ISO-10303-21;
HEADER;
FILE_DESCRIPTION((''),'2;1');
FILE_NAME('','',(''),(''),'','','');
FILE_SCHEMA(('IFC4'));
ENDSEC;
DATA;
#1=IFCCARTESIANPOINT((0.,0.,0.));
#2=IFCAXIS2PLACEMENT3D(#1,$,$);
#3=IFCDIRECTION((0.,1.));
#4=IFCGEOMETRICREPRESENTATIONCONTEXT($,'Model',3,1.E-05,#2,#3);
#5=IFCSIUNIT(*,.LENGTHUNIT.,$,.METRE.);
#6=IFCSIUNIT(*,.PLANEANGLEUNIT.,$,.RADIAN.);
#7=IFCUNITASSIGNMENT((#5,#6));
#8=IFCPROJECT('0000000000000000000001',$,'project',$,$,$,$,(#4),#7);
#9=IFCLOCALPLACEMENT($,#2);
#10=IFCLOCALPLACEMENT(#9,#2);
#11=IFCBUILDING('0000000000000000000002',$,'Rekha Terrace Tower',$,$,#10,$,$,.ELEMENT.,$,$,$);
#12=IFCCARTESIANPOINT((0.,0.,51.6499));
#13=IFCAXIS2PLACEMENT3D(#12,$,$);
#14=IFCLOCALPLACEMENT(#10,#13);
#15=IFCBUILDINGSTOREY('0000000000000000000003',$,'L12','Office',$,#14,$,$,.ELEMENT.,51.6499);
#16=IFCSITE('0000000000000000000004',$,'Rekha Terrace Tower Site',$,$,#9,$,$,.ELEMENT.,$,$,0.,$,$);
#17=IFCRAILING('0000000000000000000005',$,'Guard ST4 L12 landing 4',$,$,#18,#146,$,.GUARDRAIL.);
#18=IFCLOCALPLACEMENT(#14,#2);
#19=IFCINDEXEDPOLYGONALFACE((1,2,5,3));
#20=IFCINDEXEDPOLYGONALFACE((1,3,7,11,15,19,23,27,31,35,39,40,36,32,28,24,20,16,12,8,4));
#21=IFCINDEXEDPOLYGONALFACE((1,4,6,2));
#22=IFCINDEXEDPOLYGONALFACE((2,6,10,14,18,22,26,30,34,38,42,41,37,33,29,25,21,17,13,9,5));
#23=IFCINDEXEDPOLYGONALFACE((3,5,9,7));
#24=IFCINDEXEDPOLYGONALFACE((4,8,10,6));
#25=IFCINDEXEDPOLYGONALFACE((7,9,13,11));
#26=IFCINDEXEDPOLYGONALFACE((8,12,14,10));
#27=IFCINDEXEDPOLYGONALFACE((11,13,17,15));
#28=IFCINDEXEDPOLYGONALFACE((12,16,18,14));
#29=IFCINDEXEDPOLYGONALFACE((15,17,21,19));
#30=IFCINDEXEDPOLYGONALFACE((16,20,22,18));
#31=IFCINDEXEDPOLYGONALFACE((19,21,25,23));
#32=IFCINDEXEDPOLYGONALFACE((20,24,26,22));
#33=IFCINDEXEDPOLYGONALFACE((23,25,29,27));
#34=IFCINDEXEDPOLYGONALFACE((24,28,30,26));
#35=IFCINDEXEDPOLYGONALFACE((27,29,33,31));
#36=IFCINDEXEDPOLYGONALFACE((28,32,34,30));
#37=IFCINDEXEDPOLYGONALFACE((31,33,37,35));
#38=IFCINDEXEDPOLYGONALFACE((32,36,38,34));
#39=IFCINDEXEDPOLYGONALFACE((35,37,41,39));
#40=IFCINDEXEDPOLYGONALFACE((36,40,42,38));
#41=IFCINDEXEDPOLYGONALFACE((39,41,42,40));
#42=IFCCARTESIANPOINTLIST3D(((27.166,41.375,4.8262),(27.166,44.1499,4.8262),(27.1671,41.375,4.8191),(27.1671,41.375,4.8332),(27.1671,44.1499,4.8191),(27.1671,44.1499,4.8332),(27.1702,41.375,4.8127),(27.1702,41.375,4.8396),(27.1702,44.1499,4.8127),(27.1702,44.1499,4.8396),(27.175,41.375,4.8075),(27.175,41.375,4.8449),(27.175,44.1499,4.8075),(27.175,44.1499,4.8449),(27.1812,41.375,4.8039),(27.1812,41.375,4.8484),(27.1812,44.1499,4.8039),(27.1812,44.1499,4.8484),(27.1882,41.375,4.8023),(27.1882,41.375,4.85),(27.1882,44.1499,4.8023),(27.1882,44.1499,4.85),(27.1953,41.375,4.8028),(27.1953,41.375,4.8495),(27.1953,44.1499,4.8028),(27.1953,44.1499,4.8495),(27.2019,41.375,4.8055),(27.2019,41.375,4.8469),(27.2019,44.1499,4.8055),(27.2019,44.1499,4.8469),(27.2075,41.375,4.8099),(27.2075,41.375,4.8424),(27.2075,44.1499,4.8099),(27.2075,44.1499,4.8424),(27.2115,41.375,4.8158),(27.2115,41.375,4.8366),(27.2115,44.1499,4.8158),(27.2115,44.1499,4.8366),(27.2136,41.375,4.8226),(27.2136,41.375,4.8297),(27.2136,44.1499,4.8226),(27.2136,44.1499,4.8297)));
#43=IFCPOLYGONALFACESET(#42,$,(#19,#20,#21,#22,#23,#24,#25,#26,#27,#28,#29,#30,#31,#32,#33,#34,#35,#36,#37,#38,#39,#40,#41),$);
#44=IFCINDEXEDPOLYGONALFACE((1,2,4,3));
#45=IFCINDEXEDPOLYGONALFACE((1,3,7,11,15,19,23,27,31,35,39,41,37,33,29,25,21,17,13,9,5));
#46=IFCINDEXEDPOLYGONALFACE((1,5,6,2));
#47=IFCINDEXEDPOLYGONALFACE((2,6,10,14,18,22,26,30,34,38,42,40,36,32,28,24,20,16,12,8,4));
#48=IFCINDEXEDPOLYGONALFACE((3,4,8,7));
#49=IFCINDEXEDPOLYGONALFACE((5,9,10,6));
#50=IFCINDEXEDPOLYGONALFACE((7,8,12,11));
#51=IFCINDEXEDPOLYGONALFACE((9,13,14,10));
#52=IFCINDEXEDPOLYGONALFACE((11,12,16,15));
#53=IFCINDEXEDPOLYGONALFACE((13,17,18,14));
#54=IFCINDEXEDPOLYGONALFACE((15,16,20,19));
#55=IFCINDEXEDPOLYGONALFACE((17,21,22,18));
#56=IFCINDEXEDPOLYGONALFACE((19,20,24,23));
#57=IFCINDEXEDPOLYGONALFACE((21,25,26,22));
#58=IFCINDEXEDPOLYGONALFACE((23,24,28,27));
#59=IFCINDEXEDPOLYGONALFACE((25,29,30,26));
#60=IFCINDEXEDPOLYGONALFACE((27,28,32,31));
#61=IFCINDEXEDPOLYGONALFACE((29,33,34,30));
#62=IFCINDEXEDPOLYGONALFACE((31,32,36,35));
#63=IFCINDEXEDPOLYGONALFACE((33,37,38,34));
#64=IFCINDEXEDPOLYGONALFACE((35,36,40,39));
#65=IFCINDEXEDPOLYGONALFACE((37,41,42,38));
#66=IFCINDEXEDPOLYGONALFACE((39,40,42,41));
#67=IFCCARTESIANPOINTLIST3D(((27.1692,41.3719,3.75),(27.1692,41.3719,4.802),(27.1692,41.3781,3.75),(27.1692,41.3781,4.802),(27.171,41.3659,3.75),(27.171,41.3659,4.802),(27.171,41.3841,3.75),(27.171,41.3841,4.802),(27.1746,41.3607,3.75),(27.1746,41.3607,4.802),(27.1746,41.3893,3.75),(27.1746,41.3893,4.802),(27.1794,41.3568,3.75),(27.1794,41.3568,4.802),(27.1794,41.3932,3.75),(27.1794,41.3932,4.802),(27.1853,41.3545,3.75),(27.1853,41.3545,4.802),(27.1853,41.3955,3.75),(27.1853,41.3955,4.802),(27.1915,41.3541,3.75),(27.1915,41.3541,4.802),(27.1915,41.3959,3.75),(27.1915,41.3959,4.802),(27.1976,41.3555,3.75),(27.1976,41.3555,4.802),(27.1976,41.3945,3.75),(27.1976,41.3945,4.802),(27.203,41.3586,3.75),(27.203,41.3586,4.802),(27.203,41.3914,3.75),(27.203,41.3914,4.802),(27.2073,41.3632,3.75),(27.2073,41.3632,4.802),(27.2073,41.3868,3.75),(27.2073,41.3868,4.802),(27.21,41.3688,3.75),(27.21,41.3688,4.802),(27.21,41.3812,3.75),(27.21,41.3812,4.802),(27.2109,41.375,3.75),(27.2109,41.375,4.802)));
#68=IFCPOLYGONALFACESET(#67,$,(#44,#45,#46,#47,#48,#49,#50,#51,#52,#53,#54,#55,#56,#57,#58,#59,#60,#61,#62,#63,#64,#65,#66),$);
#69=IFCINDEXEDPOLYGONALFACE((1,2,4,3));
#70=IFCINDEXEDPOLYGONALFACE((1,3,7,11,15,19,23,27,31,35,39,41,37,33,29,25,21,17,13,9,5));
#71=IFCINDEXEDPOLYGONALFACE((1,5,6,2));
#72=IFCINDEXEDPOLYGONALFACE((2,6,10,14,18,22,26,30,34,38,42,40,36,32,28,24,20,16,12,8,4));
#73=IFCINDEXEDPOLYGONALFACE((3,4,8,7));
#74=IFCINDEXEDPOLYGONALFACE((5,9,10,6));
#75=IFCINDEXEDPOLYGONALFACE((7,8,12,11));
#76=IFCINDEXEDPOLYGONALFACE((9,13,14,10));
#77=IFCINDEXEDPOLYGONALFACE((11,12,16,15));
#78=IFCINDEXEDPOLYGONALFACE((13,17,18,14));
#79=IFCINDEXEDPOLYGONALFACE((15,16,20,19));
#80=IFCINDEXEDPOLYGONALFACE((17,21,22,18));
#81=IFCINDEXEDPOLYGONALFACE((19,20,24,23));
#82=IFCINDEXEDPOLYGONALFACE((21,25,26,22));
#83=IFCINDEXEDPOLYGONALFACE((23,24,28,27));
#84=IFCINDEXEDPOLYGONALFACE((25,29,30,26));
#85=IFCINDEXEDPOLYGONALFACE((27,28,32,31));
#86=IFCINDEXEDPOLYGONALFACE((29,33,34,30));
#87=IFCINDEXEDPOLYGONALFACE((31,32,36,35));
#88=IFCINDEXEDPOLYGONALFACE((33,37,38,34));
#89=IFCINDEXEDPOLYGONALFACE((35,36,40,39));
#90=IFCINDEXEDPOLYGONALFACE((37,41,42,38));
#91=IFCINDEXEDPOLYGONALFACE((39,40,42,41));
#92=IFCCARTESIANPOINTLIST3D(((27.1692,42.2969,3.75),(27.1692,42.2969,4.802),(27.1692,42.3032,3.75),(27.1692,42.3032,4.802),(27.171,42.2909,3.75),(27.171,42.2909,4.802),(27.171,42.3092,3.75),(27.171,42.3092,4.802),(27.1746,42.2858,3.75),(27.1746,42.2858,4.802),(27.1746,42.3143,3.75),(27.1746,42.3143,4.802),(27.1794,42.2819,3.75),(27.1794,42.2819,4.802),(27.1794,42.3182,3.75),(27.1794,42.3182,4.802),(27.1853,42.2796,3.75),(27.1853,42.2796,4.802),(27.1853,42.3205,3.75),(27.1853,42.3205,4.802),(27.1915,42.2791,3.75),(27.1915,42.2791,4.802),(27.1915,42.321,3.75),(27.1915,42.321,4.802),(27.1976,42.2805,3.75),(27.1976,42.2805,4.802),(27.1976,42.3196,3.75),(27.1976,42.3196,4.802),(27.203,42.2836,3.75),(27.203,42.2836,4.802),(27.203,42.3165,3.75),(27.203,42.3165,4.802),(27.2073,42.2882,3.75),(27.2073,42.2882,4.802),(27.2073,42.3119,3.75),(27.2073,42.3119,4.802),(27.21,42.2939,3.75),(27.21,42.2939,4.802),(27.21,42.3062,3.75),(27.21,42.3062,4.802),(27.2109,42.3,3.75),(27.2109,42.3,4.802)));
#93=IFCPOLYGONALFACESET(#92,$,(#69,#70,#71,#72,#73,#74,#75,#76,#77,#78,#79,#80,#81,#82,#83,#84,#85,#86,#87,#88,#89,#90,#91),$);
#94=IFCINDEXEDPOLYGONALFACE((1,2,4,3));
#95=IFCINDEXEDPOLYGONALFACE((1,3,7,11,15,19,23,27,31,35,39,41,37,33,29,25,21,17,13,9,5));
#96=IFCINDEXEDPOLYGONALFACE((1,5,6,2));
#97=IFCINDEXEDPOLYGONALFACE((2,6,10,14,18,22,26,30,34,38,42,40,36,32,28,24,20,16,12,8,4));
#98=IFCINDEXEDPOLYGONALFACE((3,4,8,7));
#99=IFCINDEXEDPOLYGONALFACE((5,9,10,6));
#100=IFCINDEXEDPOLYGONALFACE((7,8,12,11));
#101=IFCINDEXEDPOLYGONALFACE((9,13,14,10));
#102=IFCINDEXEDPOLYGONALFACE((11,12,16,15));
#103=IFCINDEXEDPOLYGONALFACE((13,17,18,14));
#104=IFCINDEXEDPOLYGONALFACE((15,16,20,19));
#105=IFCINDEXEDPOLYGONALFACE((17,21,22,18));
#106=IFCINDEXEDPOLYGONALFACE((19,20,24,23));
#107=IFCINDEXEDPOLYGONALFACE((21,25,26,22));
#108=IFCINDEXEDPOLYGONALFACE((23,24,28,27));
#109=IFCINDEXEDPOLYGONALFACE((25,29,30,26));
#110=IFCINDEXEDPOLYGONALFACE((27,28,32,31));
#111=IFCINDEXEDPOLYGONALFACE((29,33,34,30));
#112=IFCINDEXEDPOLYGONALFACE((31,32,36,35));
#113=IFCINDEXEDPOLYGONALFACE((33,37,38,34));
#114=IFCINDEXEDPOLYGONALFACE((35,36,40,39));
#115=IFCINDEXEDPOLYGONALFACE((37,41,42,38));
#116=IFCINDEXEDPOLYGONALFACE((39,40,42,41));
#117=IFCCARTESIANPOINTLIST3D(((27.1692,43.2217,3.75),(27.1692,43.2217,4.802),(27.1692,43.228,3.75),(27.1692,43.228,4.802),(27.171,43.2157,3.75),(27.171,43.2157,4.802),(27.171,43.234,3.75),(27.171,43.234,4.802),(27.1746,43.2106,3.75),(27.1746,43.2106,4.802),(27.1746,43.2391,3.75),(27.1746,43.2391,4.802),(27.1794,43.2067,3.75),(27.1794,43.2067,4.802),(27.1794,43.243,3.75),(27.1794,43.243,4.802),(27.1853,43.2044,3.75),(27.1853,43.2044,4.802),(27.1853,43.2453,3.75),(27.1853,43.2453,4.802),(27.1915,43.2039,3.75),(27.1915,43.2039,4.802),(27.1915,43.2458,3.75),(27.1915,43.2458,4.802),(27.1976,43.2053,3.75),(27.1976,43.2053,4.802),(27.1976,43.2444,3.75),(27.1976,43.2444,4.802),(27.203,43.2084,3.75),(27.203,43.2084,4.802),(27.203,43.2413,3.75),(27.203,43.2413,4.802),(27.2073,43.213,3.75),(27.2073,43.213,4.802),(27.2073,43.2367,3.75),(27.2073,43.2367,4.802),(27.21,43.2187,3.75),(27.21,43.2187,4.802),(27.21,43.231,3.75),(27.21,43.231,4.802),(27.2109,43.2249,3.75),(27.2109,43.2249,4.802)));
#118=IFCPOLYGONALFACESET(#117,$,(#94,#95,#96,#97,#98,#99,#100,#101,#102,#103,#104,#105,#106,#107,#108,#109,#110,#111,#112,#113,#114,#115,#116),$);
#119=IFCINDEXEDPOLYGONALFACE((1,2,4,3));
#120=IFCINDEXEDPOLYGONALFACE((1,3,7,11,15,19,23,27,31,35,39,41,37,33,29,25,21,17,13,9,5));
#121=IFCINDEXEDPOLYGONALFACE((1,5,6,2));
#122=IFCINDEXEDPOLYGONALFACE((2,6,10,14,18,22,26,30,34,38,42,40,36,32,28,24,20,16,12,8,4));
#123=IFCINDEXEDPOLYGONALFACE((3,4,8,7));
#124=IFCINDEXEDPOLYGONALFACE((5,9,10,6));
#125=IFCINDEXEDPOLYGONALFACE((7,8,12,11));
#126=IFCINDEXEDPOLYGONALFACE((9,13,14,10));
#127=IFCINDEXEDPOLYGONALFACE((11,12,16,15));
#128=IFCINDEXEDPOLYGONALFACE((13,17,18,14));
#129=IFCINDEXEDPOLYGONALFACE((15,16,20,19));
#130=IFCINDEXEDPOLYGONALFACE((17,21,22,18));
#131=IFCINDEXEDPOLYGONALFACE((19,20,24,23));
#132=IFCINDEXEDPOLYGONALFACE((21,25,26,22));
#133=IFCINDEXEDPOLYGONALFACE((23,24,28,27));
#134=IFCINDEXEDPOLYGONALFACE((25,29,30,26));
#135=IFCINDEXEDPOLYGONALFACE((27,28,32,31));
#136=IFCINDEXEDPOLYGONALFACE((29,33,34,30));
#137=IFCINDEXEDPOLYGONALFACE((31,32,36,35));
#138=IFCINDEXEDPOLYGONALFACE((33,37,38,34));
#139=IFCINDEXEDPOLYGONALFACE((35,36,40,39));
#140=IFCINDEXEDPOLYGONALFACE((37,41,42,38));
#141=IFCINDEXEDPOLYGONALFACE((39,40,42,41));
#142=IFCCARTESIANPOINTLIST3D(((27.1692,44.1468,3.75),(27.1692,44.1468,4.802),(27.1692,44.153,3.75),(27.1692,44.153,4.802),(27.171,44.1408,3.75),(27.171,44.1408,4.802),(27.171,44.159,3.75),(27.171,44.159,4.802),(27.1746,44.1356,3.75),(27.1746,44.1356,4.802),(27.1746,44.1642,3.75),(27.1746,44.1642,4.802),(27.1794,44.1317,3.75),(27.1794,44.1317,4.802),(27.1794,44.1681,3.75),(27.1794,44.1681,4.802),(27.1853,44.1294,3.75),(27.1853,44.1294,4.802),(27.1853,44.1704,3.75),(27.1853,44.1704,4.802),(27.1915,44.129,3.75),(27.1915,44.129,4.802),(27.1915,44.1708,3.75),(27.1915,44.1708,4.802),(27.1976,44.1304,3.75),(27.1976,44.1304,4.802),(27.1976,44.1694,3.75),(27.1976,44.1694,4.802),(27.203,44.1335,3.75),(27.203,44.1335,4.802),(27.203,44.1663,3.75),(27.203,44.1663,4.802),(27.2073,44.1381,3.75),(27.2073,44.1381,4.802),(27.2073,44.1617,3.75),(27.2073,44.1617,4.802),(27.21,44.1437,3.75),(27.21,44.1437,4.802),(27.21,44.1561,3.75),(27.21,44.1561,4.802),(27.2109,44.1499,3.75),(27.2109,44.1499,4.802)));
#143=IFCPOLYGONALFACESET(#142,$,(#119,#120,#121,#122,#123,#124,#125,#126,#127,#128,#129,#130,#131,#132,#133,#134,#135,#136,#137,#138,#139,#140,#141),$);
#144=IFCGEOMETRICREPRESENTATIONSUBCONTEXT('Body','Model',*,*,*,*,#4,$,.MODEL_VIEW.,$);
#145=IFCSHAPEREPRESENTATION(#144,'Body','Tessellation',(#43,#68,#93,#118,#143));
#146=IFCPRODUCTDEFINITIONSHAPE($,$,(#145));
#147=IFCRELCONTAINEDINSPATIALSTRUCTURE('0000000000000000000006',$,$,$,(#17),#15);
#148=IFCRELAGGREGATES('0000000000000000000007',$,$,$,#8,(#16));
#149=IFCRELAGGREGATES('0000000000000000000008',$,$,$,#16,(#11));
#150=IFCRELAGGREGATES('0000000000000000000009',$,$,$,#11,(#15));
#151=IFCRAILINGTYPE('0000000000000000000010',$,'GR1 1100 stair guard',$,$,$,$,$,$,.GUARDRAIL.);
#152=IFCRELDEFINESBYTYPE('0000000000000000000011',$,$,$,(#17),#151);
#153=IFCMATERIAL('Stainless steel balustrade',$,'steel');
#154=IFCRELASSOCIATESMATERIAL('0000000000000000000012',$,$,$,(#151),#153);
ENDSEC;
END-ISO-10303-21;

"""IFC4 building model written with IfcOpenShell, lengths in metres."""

from ifc_helpers import new_model, si_unit, direction, frame, origin, origin_2d, place, context, subcontext, project, spatial, circle, extrude, material, type_object, element, save


model = new_model("IFC4")

# Units and contexts
model_context = context("Model", 3, precision=1e-05, world=origin(), true_north=direction((0.0, 1.0)))
body_context = subcontext(model_context, "Body", "Model", "MODEL_VIEW")
ifc_project = project(units=[si_unit("LENGTHUNIT", "METRE"), si_unit("PLANEANGLEUNIT", "RADIAN")], contexts=[model_context])

# Site, building, storey
site_placement = place(None, origin())
site = spatial("IfcSite", under=ifc_project, at=site_placement, Name="Rekha Terrace Tower Site", CompositionType="ELEMENT", RefElevation=0.0)
building_placement = place(site_placement, origin())
building = spatial("IfcBuilding", under=site, at=building_placement, Name="Rekha Terrace Tower", CompositionType="ELEMENT")
storey_placement = place(building_placement, frame((0.0, 0.0, 51.6499)))
storey = spatial("IfcBuildingStorey", under=building, at=storey_placement, Name="L12", Description="Office", CompositionType="ELEMENT", Elevation=51.6499)

# Railing
ifc_material_1 = material(Name="Stainless steel balustrade", Category="steel")
railing_type_1 = type_object("IfcRailingType", Name="GR1 1100 stair guard", PredefinedType="GUARDRAIL", material=ifc_material_1)
railing_1_placement = place(storey_placement, frame((27.1899, 41.375, 3.75)))
element("IfcRailing", 1, at=railing_1_placement, inside=storey, type_object=railing_type_1, Name="Guard ST4 L12 landing 4", PredefinedType="GUARDRAIL", context=body_context, shape_type="SweptSolid", body=[
    extrude(circle(Radius=0.0239, at=origin_2d()), frame((0.0, 0.0, 1.0762), z_axis=(0.0, 1.0, 0.0), x_axis=(-1.0, 0.0, 0.0)), (0.0, 0.0, 1.0), 2.7749),
    extrude(circle(Radius=0.021, at=origin_2d()), origin(), (0.0, 0.0, 1.0), 1.052),
    extrude(circle(Radius=0.021, at=origin_2d()), frame((0.0, 0.925, 0.0)), (0.0, 0.0, 1.0), 1.052),
    extrude(circle(Radius=0.021, at=origin_2d()), frame((0.0, 1.8499, 0.0)), (0.0, 0.0, 1.0), 1.052),
    extrude(circle(Radius=0.021, at=origin_2d()), frame((0.0, 2.7749, 0.0)), (0.0, 0.0, 1.0), 1.052),
])

save(model, "model.ifc")
